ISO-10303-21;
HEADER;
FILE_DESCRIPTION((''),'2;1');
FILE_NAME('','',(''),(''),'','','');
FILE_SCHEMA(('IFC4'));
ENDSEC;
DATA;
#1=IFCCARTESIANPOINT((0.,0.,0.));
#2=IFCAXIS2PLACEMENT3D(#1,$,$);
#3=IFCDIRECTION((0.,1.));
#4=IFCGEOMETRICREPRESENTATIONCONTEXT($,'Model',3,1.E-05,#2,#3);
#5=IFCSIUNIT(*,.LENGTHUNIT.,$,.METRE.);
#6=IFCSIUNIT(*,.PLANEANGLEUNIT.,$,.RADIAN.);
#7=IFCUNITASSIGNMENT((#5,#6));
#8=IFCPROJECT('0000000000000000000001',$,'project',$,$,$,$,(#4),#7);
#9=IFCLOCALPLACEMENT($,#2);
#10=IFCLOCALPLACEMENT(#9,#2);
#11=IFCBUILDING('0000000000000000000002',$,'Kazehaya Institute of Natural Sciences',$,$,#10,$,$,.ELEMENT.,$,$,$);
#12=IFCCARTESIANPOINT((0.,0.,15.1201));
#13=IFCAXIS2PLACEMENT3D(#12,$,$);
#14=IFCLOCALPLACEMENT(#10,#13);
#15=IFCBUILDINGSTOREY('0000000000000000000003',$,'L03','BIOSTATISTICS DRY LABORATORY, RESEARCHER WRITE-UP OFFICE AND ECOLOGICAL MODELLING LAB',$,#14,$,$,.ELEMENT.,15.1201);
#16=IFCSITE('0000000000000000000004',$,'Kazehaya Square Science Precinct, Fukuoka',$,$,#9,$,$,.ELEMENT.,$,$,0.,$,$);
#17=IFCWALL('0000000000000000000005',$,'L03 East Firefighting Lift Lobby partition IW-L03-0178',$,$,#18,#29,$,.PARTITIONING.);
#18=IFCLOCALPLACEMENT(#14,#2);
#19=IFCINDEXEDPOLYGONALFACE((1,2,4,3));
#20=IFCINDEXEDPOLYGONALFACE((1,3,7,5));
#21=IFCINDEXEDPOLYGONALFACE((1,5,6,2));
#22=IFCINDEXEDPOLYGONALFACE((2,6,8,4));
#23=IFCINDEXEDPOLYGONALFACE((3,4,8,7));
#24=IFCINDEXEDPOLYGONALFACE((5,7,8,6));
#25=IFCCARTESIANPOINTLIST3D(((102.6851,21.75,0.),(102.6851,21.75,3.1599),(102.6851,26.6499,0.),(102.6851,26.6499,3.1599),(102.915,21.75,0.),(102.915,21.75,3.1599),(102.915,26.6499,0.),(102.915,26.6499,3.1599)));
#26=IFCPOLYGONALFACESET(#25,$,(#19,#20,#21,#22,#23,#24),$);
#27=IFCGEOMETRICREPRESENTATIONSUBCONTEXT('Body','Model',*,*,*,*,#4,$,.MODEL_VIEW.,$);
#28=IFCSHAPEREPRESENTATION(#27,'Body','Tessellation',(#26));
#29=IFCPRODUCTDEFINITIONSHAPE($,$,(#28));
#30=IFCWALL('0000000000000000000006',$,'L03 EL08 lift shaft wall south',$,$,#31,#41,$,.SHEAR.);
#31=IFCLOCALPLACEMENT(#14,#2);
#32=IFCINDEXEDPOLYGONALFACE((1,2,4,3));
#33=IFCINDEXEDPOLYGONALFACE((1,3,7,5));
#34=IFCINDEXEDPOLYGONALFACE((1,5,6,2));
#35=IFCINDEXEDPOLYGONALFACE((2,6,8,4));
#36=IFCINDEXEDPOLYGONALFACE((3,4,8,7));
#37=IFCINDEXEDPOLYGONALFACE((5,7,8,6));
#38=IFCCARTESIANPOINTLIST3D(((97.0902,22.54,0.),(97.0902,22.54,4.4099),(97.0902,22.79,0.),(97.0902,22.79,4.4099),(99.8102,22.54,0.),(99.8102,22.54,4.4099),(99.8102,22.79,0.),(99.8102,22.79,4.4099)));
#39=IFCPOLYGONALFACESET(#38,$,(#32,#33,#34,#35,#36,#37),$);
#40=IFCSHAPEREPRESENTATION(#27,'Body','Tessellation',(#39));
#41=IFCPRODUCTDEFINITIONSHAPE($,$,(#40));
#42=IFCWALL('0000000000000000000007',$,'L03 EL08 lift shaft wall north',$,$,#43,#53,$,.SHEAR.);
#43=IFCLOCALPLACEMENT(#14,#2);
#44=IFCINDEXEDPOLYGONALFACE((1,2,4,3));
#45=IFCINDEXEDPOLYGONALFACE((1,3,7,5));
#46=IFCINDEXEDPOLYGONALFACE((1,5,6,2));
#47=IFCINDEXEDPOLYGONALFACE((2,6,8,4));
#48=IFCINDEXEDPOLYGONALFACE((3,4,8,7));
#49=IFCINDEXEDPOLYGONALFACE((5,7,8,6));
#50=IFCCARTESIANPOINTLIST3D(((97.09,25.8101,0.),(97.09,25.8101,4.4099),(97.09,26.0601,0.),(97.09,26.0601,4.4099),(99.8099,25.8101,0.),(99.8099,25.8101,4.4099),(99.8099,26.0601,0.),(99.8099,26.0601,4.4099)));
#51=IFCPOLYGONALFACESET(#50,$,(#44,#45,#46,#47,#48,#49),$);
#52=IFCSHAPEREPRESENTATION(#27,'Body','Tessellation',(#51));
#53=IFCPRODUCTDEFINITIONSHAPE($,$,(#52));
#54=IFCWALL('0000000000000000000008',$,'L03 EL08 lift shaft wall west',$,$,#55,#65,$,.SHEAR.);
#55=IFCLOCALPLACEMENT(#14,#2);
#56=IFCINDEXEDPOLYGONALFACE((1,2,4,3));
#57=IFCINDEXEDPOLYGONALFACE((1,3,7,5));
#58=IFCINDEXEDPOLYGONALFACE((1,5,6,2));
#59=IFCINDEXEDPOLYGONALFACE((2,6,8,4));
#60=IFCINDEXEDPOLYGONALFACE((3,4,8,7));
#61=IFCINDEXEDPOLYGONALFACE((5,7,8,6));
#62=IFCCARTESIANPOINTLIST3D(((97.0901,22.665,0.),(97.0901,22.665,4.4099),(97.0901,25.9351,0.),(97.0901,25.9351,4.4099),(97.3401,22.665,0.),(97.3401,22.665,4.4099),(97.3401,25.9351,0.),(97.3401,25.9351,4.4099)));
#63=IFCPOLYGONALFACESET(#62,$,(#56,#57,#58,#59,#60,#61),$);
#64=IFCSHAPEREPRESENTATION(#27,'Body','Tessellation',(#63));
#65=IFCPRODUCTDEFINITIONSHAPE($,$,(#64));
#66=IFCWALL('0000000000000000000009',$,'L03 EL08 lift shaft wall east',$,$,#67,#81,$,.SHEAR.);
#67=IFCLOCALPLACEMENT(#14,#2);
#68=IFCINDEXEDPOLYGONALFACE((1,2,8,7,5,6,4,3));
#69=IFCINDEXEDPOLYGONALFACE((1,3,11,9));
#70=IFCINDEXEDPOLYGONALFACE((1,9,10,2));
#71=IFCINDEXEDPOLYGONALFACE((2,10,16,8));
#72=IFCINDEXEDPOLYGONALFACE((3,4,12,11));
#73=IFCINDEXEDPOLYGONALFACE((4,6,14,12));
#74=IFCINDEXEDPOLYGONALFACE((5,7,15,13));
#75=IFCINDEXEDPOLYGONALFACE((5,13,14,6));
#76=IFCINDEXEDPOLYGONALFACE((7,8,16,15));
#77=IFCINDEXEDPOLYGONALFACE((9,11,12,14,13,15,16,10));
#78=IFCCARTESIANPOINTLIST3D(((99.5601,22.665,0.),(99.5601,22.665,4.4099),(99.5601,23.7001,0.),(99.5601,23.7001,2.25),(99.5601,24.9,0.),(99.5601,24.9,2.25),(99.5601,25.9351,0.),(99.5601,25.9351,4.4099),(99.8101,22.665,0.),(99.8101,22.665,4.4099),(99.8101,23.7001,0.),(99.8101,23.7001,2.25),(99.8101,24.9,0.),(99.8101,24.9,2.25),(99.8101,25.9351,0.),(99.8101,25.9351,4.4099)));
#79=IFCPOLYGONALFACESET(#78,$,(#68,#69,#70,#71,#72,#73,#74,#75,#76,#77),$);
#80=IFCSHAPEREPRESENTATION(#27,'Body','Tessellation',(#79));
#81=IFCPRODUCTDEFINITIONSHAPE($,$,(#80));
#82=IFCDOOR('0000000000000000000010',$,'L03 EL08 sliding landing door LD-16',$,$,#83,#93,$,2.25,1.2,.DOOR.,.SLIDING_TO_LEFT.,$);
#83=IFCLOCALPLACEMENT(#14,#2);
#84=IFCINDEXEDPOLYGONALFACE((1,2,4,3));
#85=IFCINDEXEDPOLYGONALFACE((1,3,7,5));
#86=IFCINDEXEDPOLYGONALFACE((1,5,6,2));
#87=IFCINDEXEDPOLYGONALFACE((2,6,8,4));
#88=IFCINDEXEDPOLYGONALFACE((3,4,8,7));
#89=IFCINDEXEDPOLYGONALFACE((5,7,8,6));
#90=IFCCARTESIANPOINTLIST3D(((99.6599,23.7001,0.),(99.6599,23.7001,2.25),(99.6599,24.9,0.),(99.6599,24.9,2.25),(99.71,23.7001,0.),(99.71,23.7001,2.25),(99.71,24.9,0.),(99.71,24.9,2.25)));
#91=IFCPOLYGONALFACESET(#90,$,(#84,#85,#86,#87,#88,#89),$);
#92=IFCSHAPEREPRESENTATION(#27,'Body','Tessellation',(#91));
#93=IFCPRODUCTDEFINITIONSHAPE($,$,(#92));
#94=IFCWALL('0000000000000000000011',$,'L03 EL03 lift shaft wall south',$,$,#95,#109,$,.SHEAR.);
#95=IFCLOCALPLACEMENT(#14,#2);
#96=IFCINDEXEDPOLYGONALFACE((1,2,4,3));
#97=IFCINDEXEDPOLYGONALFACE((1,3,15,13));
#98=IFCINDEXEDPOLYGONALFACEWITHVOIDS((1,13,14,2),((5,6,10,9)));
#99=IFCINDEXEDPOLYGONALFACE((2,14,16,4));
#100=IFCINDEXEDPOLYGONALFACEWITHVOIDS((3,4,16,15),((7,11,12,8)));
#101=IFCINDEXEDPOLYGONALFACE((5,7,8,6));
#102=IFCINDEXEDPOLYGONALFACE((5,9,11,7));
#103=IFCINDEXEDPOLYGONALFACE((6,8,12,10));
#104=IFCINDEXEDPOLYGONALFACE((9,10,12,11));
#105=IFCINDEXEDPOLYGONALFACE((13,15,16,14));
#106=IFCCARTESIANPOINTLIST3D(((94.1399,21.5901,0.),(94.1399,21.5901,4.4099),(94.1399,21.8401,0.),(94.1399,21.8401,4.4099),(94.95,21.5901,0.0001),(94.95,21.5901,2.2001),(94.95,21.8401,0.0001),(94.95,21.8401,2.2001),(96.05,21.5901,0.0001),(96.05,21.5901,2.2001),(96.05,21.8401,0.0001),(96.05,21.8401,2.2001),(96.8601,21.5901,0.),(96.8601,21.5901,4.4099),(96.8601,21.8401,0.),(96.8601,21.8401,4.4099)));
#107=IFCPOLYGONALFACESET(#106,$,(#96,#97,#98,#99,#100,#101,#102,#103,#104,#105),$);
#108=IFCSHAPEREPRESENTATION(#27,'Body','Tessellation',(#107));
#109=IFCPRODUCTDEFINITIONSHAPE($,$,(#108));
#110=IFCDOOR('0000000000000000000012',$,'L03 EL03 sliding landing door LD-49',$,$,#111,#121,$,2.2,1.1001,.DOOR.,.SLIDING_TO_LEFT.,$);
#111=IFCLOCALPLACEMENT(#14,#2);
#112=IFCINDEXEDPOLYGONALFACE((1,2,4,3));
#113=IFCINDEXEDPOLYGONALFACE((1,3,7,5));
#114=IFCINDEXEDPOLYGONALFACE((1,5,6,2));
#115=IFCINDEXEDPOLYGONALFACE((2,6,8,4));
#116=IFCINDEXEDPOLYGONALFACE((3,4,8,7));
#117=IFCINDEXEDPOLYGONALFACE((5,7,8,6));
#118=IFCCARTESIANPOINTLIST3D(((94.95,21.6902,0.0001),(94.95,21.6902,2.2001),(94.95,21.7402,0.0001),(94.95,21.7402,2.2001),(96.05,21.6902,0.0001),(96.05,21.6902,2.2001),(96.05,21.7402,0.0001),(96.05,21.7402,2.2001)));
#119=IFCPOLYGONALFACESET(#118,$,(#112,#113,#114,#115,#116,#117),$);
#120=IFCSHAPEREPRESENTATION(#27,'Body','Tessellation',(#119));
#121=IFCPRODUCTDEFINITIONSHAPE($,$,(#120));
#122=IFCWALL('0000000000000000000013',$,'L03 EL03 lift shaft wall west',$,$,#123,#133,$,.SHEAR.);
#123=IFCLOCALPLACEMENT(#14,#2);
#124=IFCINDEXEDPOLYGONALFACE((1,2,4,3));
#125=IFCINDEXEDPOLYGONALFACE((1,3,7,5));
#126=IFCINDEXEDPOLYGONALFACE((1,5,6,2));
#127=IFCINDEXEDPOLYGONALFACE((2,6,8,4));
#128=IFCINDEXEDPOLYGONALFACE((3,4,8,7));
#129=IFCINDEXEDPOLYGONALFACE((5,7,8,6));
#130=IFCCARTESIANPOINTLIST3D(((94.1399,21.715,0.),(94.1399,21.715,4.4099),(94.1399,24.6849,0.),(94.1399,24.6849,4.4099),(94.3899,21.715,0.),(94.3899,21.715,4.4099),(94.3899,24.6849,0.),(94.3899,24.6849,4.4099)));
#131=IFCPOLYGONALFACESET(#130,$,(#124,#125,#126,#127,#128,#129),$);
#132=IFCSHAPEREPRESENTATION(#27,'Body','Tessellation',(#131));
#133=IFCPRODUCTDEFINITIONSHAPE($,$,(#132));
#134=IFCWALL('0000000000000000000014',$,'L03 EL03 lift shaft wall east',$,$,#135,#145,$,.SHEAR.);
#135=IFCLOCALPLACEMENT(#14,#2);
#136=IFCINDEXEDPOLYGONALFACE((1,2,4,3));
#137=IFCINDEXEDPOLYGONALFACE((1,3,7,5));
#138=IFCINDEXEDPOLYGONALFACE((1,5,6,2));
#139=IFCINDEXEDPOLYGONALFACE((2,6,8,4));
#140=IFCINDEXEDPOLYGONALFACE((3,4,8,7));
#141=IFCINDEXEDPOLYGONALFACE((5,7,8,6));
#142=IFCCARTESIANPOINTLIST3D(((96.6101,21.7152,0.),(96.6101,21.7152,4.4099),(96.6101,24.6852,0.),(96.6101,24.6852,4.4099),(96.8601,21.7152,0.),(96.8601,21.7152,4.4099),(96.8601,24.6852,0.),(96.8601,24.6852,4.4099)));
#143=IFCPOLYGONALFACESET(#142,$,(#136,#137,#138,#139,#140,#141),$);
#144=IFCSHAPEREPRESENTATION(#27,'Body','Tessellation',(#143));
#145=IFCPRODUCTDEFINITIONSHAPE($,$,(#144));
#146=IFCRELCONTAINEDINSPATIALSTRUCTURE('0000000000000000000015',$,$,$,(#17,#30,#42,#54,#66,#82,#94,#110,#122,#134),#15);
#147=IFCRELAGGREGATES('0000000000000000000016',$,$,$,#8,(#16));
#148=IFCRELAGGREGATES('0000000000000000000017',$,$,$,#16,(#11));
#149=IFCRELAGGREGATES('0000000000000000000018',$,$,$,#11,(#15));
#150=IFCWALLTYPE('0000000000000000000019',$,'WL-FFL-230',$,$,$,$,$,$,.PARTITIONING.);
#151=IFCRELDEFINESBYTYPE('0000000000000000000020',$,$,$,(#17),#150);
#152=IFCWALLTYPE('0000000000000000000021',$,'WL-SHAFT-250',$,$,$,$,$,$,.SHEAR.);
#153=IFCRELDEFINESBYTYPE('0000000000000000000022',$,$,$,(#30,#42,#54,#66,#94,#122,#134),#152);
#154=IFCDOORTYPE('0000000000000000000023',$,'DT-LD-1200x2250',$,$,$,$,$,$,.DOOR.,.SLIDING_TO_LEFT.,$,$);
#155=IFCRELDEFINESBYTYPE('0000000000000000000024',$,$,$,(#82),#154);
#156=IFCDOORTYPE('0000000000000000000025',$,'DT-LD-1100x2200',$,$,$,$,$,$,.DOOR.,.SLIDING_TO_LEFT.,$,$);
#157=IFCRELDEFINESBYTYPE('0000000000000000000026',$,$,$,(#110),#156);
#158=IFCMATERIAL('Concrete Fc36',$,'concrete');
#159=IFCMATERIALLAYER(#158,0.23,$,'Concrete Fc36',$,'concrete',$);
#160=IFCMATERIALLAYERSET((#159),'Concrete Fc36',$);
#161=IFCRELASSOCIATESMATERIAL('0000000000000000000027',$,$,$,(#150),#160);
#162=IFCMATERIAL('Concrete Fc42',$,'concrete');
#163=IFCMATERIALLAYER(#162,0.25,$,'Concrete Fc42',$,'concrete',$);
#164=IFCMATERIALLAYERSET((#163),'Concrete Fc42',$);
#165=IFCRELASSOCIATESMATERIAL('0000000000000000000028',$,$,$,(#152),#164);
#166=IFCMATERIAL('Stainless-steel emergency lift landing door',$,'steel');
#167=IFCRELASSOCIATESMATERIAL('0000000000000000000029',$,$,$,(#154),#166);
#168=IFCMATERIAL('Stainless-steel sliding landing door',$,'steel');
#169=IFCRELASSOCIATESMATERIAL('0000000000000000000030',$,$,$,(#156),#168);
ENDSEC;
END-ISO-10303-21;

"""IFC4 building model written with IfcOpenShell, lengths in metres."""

from ifc_helpers import new_model, si_unit, direction, frame, frame_2d, origin, place, context, subcontext, project, spatial, rectangle, extrude, material, layer, layer_set, type_object, element, fill, save


model = new_model("IFC4")

# Units and contexts
model_context = context("Model", 3, precision=1e-05, world=origin(), true_north=direction((0.0, 1.0)))
body_context = subcontext(model_context, "Body", "Model", "MODEL_VIEW")
ifc_project = project(units=[si_unit("LENGTHUNIT", "METRE"), si_unit("PLANEANGLEUNIT", "RADIAN")], contexts=[model_context])

# Site, building, storey
site_placement = place(None, origin())
site = spatial("IfcSite", under=ifc_project, at=site_placement, Name="Kazehaya Square Science Precinct, Fukuoka", CompositionType="ELEMENT", RefElevation=0.0)
building_placement = place(site_placement, origin())
building = spatial("IfcBuilding", under=site, at=building_placement, Name="Kazehaya Institute of Natural Sciences", CompositionType="ELEMENT")
storey_placement = place(building_placement, frame((0.0, 0.0, 15.1201)))
storey = spatial("IfcBuildingStorey", under=building, at=storey_placement, Name="L03", Description="BIOSTATISTICS DRY LABORATORY, RESEARCHER WRITE-UP OFFICE AND ECOLOGICAL MODELLING LAB", CompositionType="ELEMENT", Elevation=15.1201)

# Shared definitions
ifc_material_1 = material(Name="Concrete Fc42", Category="concrete")

# Shared definitions
ifc_material_2 = material(Name="Concrete Fc36", Category="concrete")

# Shared definitions
ifc_layer_1 = layer(ifc_material_2, 0.23, Name="Concrete Fc36", Category="concrete")
ifc_layer_set_1 = layer_set([ifc_layer_1], Name="Concrete Fc36")
wall_type_1 = type_object("IfcWallType", Name="WL-FFL-230", PredefinedType="PARTITIONING", material=ifc_layer_set_1)

# Walls
wall_1_placement = place(storey_placement, frame((102.8, 26.6499, 0.0), z_axis=(0.0, 0.0, 1.0), x_axis=(0.0, -1.0, 0.0)))
element("IfcWall", 1, at=wall_1_placement, inside=storey, type_object=wall_type_1, Name="L03 East Firefighting Lift Lobby partition IW-L03-0178", PredefinedType="PARTITIONING", context=body_context, shape_type="SweptSolid", body=[
    extrude(rectangle(XDim=4.8999, YDim=0.23, at=frame_2d((2.45, 0.0))), origin(), (0.0, 0.0, 1.0), 3.1599),
])
ifc_layer_2 = layer(ifc_material_1, 0.25, Name="Concrete Fc42", Category="concrete")
ifc_layer_set_2 = layer_set([ifc_layer_2], Name="Concrete Fc42")
wall_type_2 = type_object("IfcWallType", Name="WL-SHAFT-250", PredefinedType="SHEAR", material=ifc_layer_set_2)
for number, where, z_axis, x_axis, name in (
    (2, (99.8101, 22.665, 0.0), (0.0, 0.0, 1.0), (-1.0, 0.0, 0.0), "L03 EL08 lift shaft wall south"),
    (3, (97.0901, 25.9351, 0.0), (0.0, 0.0, 1.0), (1.0, 0.0, 0.0), "L03 EL08 lift shaft wall north"),
):
    element("IfcWall", number, at=place(storey_placement, frame(where, z_axis=z_axis, x_axis=x_axis)), inside=storey, type_object=wall_type_2, Name=name, PredefinedType="SHEAR", context=body_context, shape_type="SweptSolid", body=[
        extrude(rectangle(XDim=2.72, YDim=0.25, at=frame_2d((1.3599, 0.0))), origin(), (0.0, 0.0, 1.0), 4.4099),
    ])
wall_2_placement = place(storey_placement, frame((97.2151, 22.665, 0.0), z_axis=(0.0, 0.0, 1.0), x_axis=(0.0, 1.0, 0.0)))
element("IfcWall", 4, at=wall_2_placement, inside=storey, type_object=wall_type_2, Name="L03 EL08 lift shaft wall west", PredefinedType="SHEAR", context=body_context, shape_type="SweptSolid", body=[
    extrude(rectangle(XDim=3.27, YDim=0.25, at=frame_2d((1.635, 0.0))), origin(), (0.0, 0.0, 1.0), 4.4099),
])

# Walls, openings, doors
wall_3_placement = place(storey_placement, frame((99.6851, 25.9351, 0.0), z_axis=(0.0, 0.0, 1.0), x_axis=(0.0, -1.0, 0.0)))
wall_3 = element("IfcWall", 5, at=wall_3_placement, inside=storey, type_object=wall_type_2, Name="L03 EL08 lift shaft wall east", PredefinedType="SHEAR", context=body_context, shape_type="SweptSolid", body=[
    extrude(rectangle(XDim=3.27, YDim=0.25, at=frame_2d((1.635, 0.0))), origin(), (0.0, 0.0, 1.0), 4.4099),
])
opening_1_placement = place(wall_3_placement, frame((1.0349, 0.0, 0.0)))
opening_1 = element("IfcOpeningElement", 6, at=opening_1_placement, cuts=wall_3, PredefinedType="OPENING", context=body_context, shape_type="SweptSolid", body=[
    extrude(rectangle(XDim=1.2, YDim=2.25, at=frame_2d((0.6001, 1.125))), frame((0.0, 0.135, 0.0), z_axis=(0.0, -1.0, 0.0), x_axis=(1.0, 0.0, 0.0)), (0.0, 0.0, 1.0), 0.27),
])
ifc_material_3 = material(Name="Stainless-steel emergency lift landing door", Category="steel")
door_type_1 = type_object("IfcDoorType", Name="DT-LD-1200x2250", OperationType="SLIDING_TO_LEFT", PredefinedType="DOOR", material=ifc_material_3)
door_1_placement = place(opening_1_placement, origin())
door_1 = element("IfcDoor", 7, at=door_1_placement, inside=storey, type_object=door_type_1, Name="L03 EL08 sliding landing door LD-16", OperationType="SLIDING_TO_LEFT", OverallHeight=2.25, OverallWidth=1.2, PredefinedType="DOOR", context=body_context, shape_type="SweptSolid", body=[
    extrude(rectangle(XDim=1.2, YDim=2.25, at=frame_2d((0.6001, 1.125))), frame((0.0, 0.0249, 0.0), z_axis=(0.0, -1.0, 0.0), x_axis=(1.0, 0.0, 0.0)), (0.0, 0.0, 1.0), 0.05),
])
fill(opening_1, door_1)
wall_4_placement = place(storey_placement, frame((96.8601, 21.7151, 0.0), z_axis=(0.0, 0.0, 1.0), x_axis=(-1.0, 0.0, 0.0)))
wall_4 = element("IfcWall", 8, at=wall_4_placement, inside=storey, type_object=wall_type_2, Name="L03 EL03 lift shaft wall south", PredefinedType="SHEAR", context=body_context, shape_type="SweptSolid", body=[
    extrude(rectangle(XDim=2.7202, YDim=0.25, at=frame_2d((1.3601, 0.0))), origin(), (0.0, 0.0, 1.0), 4.4099),
])
opening_2_placement = place(wall_4_placement, frame((0.8101, 0.0, 0.0)))
opening_2 = element("IfcOpeningElement", 9, at=opening_2_placement, cuts=wall_4, PredefinedType="OPENING", context=body_context, shape_type="SweptSolid", body=[
    extrude(rectangle(XDim=1.1001, YDim=2.2, at=frame_2d((0.55, 1.1001))), frame((0.0, 0.135, 0.0), z_axis=(0.0, -1.0, 0.0), x_axis=(1.0, 0.0, 0.0)), (0.0, 0.0, 1.0), 0.27),
])
ifc_material_4 = material(Name="Stainless-steel sliding landing door", Category="steel")
door_type_2 = type_object("IfcDoorType", Name="DT-LD-1100x2200", OperationType="SLIDING_TO_LEFT", PredefinedType="DOOR", material=ifc_material_4)
door_2_placement = place(opening_2_placement, origin())
door_2 = element("IfcDoor", 10, at=door_2_placement, inside=storey, type_object=door_type_2, Name="L03 EL03 sliding landing door LD-49", OperationType="SLIDING_TO_LEFT", OverallHeight=2.2, OverallWidth=1.1001, PredefinedType="DOOR", context=body_context, shape_type="SweptSolid", body=[
    extrude(rectangle(XDim=1.1001, YDim=2.2, at=frame_2d((0.55, 1.1001))), frame((0.0, 0.0249, 0.0), z_axis=(0.0, -1.0, 0.0), x_axis=(1.0, 0.0, 0.0)), (0.0, 0.0, 1.0), 0.05),
])
fill(opening_2, door_2)

# Walls
for number, where, z_axis, x_axis, name in (
    (11, (94.2649, 21.7151, 0.0), (0.0, 0.0, 1.0), (0.0, 1.0, 0.0), "L03 EL03 lift shaft wall west"),
    (12, (96.7351, 24.6851, 0.0), (0.0, 0.0, 1.0), (0.0, -1.0, 0.0), "L03 EL03 lift shaft wall east"),
):
    element("IfcWall", number, at=place(storey_placement, frame(where, z_axis=z_axis, x_axis=x_axis)), inside=storey, type_object=wall_type_2, Name=name, PredefinedType="SHEAR", context=body_context, shape_type="SweptSolid", body=[
        extrude(rectangle(XDim=2.97, YDim=0.25, at=frame_2d((1.4849, 0.0))), origin(), (0.0, 0.0, 1.0), 4.4099),
    ])

save(model, "model.ifc")
